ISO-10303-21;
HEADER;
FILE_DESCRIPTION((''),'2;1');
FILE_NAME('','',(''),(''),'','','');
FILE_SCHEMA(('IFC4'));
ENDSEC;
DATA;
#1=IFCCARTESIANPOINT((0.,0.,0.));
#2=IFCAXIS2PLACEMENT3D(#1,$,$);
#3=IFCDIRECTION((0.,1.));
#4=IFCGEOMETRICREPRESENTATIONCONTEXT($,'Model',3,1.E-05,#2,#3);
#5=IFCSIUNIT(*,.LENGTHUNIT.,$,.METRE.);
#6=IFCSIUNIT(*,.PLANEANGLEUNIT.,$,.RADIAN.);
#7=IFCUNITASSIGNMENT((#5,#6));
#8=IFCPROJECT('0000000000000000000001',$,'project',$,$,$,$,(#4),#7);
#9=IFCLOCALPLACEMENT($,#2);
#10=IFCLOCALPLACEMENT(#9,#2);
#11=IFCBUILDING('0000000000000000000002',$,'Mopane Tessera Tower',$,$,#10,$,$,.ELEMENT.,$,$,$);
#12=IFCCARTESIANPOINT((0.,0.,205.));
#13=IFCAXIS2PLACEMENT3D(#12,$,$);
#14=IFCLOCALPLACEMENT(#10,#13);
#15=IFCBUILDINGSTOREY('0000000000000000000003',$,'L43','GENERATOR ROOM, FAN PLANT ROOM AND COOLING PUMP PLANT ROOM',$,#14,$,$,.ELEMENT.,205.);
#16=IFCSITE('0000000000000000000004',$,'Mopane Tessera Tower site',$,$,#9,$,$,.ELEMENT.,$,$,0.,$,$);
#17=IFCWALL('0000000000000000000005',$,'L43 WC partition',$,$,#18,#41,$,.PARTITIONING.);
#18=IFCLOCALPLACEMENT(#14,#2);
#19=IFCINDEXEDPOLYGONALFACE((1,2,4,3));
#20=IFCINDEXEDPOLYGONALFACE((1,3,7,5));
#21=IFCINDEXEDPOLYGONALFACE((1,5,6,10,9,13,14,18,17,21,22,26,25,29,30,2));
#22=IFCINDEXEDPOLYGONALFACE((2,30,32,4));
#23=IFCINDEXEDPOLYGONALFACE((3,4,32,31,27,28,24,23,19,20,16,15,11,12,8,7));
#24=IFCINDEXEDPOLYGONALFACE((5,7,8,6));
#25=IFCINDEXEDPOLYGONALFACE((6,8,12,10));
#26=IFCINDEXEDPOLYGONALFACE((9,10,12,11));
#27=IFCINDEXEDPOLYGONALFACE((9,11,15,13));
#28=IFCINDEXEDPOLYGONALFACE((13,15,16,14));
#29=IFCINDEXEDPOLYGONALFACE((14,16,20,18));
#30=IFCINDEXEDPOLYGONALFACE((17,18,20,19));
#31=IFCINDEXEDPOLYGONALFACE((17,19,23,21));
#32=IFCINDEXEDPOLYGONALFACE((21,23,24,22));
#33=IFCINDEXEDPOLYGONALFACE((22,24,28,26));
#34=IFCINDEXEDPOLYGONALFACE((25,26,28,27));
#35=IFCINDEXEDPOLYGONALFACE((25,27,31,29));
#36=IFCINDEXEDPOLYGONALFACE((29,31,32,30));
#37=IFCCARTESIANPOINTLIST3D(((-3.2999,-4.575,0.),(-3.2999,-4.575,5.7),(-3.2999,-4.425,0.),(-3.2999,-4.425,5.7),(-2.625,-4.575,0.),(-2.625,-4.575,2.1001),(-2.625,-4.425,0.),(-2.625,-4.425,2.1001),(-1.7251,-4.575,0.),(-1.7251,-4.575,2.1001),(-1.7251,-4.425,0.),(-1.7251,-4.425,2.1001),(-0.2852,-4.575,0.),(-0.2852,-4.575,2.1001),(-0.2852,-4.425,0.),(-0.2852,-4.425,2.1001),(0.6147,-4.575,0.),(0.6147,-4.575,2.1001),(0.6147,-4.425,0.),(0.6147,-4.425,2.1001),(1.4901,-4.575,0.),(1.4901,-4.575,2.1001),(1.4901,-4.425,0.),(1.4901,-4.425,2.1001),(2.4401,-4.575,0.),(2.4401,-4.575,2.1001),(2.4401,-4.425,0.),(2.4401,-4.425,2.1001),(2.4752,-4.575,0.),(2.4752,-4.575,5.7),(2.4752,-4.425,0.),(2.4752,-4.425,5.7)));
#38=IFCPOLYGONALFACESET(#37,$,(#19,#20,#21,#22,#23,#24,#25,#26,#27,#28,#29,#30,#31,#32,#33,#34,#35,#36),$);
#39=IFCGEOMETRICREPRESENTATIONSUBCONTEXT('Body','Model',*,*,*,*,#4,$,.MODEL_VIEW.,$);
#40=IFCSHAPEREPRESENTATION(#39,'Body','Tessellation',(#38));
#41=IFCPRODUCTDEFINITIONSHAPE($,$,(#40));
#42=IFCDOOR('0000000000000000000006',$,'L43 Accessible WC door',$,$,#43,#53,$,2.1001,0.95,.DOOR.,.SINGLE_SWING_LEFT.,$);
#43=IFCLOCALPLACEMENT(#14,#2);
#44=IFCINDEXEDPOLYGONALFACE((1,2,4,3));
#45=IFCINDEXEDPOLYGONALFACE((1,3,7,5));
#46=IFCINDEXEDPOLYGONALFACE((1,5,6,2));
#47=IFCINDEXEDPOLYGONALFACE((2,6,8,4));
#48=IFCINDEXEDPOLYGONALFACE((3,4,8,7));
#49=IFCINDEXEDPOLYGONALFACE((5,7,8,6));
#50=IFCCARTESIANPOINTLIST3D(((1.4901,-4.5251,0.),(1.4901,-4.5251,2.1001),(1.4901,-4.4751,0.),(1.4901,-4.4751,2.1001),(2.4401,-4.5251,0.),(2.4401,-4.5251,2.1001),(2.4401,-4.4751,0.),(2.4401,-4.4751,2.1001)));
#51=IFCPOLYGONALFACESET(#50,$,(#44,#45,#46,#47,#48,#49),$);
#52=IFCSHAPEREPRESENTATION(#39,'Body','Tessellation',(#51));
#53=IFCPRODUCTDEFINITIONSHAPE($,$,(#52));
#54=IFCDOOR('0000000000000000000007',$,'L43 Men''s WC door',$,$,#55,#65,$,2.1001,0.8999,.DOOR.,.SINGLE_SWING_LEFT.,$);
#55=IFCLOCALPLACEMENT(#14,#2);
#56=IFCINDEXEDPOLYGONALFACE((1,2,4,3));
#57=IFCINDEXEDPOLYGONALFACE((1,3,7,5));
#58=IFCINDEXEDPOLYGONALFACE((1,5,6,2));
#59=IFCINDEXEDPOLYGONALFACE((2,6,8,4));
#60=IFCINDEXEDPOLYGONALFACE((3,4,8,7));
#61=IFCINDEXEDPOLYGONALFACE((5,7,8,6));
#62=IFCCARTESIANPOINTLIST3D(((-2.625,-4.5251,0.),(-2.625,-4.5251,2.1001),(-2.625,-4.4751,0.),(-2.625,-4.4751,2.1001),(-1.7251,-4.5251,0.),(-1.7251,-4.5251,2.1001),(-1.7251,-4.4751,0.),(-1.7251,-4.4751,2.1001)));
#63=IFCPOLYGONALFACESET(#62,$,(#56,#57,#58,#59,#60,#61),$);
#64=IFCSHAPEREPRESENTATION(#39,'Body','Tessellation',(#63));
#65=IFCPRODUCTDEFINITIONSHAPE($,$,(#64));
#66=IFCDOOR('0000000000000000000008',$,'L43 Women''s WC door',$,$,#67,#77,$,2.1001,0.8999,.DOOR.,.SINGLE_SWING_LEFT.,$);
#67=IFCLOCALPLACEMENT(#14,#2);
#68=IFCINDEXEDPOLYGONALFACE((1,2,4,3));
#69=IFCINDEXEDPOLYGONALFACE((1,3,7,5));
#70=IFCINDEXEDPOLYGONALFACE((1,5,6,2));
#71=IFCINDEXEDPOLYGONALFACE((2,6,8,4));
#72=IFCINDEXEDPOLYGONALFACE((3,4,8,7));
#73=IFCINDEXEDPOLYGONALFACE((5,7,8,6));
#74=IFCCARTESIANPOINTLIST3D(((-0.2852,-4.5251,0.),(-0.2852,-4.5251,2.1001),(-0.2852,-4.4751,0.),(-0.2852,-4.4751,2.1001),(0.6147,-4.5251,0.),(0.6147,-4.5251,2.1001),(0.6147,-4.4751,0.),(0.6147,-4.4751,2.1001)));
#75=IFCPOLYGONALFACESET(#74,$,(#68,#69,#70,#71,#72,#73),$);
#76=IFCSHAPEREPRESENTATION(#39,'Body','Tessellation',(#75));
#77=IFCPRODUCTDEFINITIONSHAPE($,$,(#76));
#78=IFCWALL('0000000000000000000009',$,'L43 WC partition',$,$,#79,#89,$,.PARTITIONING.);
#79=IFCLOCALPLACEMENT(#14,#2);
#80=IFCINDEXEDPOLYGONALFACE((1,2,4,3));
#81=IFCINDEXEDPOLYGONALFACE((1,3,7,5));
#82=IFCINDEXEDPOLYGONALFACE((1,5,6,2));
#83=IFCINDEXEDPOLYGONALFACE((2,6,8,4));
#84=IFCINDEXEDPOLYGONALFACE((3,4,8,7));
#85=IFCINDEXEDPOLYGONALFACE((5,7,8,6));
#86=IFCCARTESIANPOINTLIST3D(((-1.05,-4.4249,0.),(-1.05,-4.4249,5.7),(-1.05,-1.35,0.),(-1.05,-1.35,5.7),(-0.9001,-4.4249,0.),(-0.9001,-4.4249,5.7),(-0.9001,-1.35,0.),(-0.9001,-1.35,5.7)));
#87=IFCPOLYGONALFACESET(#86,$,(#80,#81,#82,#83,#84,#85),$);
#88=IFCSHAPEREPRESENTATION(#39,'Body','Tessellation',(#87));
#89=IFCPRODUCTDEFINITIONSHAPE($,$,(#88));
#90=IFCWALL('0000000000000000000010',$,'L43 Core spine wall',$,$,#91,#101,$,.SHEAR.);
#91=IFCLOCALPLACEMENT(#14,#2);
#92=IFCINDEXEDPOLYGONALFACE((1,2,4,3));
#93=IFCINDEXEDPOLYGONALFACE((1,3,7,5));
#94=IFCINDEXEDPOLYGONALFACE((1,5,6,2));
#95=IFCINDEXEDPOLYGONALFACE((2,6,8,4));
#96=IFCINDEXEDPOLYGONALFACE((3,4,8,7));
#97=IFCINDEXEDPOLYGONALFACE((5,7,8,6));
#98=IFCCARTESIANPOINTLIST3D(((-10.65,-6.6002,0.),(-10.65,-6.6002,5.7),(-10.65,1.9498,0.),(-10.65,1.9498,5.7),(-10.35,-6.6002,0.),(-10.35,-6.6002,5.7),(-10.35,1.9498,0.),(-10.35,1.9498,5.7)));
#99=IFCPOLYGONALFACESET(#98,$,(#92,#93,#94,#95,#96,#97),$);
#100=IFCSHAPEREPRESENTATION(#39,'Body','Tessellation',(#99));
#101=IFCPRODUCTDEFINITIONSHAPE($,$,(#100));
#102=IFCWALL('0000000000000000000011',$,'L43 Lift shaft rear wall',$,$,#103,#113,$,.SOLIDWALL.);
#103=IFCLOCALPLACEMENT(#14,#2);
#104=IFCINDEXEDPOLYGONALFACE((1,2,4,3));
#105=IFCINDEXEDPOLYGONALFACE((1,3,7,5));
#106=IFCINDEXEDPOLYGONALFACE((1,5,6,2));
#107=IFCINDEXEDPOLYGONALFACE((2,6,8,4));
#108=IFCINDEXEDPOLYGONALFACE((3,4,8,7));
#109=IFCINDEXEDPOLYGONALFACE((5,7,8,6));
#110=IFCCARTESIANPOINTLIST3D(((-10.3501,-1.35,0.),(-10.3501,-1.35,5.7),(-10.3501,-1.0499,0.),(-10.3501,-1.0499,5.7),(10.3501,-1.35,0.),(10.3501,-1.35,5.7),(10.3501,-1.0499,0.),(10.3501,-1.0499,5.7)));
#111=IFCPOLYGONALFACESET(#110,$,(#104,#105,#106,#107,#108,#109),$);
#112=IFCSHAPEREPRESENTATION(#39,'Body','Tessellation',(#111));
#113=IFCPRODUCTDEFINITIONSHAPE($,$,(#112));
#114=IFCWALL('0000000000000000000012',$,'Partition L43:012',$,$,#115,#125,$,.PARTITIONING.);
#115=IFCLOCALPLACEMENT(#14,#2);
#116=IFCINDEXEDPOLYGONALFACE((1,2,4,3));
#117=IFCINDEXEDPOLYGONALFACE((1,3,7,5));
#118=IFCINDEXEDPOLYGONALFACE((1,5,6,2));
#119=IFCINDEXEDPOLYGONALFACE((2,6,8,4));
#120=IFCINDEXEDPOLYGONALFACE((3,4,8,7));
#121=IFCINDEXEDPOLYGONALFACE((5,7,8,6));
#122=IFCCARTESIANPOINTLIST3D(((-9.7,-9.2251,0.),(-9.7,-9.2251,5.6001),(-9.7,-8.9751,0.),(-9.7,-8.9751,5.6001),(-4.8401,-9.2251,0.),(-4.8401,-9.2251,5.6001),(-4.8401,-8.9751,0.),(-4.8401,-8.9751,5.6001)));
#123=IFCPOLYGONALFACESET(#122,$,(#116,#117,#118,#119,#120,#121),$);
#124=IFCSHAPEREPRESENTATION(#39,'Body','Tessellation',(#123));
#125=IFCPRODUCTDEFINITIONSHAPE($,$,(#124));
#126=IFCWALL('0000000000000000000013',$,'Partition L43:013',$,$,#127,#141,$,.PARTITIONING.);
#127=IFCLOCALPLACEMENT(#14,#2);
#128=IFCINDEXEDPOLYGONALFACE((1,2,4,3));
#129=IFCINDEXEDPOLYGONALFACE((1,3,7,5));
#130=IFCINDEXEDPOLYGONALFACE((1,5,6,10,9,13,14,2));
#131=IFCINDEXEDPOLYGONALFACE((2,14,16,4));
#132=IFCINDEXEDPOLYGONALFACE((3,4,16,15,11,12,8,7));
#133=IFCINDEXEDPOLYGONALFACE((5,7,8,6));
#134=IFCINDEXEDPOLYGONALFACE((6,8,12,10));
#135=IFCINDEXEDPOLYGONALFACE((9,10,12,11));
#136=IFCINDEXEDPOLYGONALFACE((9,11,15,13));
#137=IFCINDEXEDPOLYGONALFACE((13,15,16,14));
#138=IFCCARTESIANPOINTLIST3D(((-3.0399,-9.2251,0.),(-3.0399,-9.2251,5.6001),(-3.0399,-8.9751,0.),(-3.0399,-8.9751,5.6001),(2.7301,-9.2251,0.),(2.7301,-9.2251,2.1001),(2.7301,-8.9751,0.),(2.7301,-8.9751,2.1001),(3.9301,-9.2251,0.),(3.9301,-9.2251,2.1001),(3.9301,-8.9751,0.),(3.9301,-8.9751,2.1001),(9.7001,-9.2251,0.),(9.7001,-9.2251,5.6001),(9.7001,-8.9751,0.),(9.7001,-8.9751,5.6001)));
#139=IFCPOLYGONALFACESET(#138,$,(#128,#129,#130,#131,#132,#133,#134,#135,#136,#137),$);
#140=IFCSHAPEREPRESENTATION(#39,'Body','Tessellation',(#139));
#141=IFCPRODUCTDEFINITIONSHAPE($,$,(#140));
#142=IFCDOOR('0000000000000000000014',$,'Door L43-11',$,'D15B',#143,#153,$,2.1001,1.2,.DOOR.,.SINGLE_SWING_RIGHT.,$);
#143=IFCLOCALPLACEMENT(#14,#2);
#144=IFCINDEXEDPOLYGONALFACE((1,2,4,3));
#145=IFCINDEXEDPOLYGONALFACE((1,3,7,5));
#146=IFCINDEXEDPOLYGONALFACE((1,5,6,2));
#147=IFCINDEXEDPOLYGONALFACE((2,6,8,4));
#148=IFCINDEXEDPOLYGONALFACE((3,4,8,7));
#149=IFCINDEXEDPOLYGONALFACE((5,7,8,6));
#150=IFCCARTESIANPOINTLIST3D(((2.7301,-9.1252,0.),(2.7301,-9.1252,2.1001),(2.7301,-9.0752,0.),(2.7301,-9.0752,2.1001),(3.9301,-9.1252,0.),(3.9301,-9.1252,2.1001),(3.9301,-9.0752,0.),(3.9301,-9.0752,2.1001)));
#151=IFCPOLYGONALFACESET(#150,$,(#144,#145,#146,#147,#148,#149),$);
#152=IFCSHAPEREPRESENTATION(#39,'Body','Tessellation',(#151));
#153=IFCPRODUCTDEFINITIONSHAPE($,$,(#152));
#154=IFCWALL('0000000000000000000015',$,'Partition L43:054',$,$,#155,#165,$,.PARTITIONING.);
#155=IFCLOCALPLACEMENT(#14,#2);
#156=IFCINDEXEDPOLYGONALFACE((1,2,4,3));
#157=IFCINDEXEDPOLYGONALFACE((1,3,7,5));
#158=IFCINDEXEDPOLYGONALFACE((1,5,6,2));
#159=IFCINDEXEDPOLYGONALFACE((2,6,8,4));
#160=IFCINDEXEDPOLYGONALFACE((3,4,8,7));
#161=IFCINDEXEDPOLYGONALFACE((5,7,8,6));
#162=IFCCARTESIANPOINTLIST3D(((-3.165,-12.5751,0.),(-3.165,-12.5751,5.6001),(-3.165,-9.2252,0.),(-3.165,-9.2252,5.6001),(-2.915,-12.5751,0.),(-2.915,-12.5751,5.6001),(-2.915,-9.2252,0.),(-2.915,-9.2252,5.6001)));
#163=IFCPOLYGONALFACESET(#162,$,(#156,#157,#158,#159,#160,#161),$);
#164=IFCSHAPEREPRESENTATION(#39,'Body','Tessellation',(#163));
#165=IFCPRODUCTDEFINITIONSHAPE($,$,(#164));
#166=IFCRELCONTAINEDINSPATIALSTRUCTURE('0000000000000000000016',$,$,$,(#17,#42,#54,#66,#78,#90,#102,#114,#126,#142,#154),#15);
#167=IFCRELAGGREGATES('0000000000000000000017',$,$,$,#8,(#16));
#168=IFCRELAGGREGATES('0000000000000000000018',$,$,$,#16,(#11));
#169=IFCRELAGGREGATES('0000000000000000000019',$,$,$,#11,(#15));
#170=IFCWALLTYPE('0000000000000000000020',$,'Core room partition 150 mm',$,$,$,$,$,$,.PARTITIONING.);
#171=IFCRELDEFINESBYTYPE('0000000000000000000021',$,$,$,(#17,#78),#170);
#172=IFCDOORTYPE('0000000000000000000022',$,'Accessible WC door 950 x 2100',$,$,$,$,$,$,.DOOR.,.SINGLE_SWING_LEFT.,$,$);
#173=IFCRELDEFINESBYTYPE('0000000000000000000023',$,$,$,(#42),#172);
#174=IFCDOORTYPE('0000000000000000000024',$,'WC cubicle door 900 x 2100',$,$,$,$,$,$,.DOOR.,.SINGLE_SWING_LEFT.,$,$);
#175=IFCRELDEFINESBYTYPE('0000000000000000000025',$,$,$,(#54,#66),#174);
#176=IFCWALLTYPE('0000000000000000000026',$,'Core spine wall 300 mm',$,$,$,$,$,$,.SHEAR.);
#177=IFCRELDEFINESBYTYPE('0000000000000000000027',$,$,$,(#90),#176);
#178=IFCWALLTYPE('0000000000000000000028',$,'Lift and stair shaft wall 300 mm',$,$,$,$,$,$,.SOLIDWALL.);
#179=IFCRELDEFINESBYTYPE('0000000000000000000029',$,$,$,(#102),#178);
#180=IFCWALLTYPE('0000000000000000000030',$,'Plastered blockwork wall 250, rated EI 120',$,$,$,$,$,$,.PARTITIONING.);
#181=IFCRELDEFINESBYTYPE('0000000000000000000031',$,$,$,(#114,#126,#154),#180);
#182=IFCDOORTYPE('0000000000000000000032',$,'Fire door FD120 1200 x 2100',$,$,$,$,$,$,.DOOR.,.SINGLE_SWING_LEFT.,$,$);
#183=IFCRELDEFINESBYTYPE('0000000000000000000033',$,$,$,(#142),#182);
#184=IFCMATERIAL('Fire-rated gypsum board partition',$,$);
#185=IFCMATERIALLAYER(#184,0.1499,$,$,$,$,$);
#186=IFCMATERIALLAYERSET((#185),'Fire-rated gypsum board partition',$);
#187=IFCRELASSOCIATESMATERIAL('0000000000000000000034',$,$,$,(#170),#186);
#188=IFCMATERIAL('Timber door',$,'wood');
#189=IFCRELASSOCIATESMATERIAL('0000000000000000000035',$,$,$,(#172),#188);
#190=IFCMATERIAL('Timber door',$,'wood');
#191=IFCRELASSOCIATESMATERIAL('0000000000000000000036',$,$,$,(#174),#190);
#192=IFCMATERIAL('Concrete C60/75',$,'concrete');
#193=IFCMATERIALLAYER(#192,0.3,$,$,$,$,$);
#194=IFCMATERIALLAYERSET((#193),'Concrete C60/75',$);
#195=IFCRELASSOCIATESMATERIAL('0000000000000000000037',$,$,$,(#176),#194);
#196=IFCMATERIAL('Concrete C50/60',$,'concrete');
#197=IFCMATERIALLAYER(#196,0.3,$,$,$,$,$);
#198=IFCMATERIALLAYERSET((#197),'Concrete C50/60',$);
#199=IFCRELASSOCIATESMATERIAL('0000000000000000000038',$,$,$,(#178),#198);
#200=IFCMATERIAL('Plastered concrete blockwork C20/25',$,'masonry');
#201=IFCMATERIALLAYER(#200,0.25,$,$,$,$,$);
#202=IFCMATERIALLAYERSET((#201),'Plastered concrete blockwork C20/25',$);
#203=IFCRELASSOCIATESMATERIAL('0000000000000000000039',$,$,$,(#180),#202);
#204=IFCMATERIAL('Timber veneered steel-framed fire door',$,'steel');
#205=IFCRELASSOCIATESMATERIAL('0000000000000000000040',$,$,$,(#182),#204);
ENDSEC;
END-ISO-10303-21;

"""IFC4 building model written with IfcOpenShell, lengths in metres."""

from ifc_helpers import new_model, si_unit, direction, frame, frame_2d, origin, place, context, subcontext, project, spatial, rectangle, extrude, material, layer, layer_set, type_object, element, fill, save


model = new_model("IFC4")

# Units and contexts
model_context = context("Model", 3, precision=1e-05, world=origin(), true_north=direction((0.0, 1.0)))
body_context = subcontext(model_context, "Body", "Model", "MODEL_VIEW")
ifc_project = project(units=[si_unit("LENGTHUNIT", "METRE"), si_unit("PLANEANGLEUNIT", "RADIAN")], contexts=[model_context])

# Site, building, storey
site_placement = place(None, origin())
site = spatial("IfcSite", under=ifc_project, at=site_placement, Name="Mopane Tessera Tower site", CompositionType="ELEMENT", RefElevation=0.0)
building_placement = place(site_placement, origin())
building = spatial("IfcBuilding", under=site, at=building_placement, Name="Mopane Tessera Tower", CompositionType="ELEMENT")
storey_placement = place(building_placement, frame((0.0, 0.0, 205.0)))
storey = spatial("IfcBuildingStorey", under=building, at=storey_placement, Name="L43", Description="GENERATOR ROOM, FAN PLANT ROOM AND COOLING PUMP PLANT ROOM", CompositionType="ELEMENT", Elevation=205.0)

# Shared definitions
ifc_material_1 = material(Name="Fire-rated gypsum board partition")
ifc_layer_1 = layer(ifc_material_1, 0.1499)
ifc_layer_set_1 = layer_set([ifc_layer_1], Name="Fire-rated gypsum board partition")
wall_type_1 = type_object("IfcWallType", Name="Core room partition 150 mm", PredefinedType="PARTITIONING", material=ifc_layer_set_1)

# Wall, openings, doors
wall_1_placement = place(storey_placement, frame((-3.3, -4.5, 0.0), z_axis=(0.0, 0.0, 1.0), x_axis=(1.0, 0.0, 0.0)))
wall_1 = element("IfcWall", 1, at=wall_1_placement, inside=storey, type_object=wall_type_1, Name="L43 WC partition", PredefinedType="PARTITIONING", context=body_context, shape_type="SweptSolid", body=[
    extrude(rectangle(XDim=5.7751, YDim=0.1499, at=frame_2d((2.8877, 0.0))), origin(), (0.0, 0.0, 1.0), 5.7),
])
opening_1_placement = place(wall_1_placement, frame((0.675, 0.0, 0.0)))
opening_1 = element("IfcOpeningElement", 2, at=opening_1_placement, cuts=wall_1, PredefinedType="OPENING", context=body_context, shape_type="SweptSolid", body=[
    extrude(rectangle(XDim=0.8999, YDim=2.1001, at=frame_2d((0.45, 1.05))), frame((0.0, 0.0869, 0.0), z_axis=(0.0, -1.0, 0.0), x_axis=(1.0, 0.0, 0.0)), (0.0, 0.0, 1.0), 0.1738),
])
opening_2_placement = place(wall_1_placement, frame((3.0149, 0.0, 0.0)))
opening_2 = element("IfcOpeningElement", 3, at=opening_2_placement, cuts=wall_1, PredefinedType="OPENING", context=body_context, shape_type="SweptSolid", body=[
    extrude(rectangle(XDim=0.8999, YDim=2.1001, at=frame_2d((0.45, 1.05))), frame((0.0, 0.0869, 0.0), z_axis=(0.0, -1.0, 0.0), x_axis=(1.0, 0.0, 0.0)), (0.0, 0.0, 1.0), 0.1738),
])
opening_3_placement = place(wall_1_placement, frame((4.79, 0.0, 0.0)))
opening_3 = element("IfcOpeningElement", 4, at=opening_3_placement, cuts=wall_1, PredefinedType="OPENING", context=body_context, shape_type="SweptSolid", body=[
    extrude(rectangle(XDim=0.95, YDim=2.1001, at=frame_2d((0.4751, 1.05))), frame((0.0, 0.0869, 0.0), z_axis=(0.0, -1.0, 0.0), x_axis=(1.0, 0.0, 0.0)), (0.0, 0.0, 1.0), 0.1738),
])
ifc_material_2 = material(Name="Timber door", Category="wood")
door_type_1 = type_object("IfcDoorType", Name="Accessible WC door 950 x 2100", OperationType="SINGLE_SWING_LEFT", PredefinedType="DOOR", material=ifc_material_2)
door_1_placement = place(opening_3_placement, origin())
door_1 = element("IfcDoor", 5, at=door_1_placement, inside=storey, type_object=door_type_1, Name="L43 Accessible WC door", OperationType="SINGLE_SWING_LEFT", OverallHeight=2.1001, OverallWidth=0.95, PredefinedType="DOOR", context=body_context, shape_type="SweptSolid", body=[
    extrude(rectangle(XDim=0.95, YDim=2.1001, at=frame_2d((0.4751, 1.05))), frame((0.0, 0.0249, 0.0), z_axis=(0.0, -1.0, 0.0), x_axis=(1.0, 0.0, 0.0)), (0.0, 0.0, 1.0), 0.05),
])
fill(opening_3, door_1)
ifc_material_3 = material(Name="Timber door", Category="wood")
door_type_2 = type_object("IfcDoorType", Name="WC cubicle door 900 x 2100", OperationType="SINGLE_SWING_LEFT", PredefinedType="DOOR", material=ifc_material_3)
door_2_placement = place(opening_1_placement, origin())
door_2 = element("IfcDoor", 6, at=door_2_placement, inside=storey, type_object=door_type_2, Name="L43 Men's WC door", OperationType="SINGLE_SWING_LEFT", OverallHeight=2.1001, OverallWidth=0.8999, PredefinedType="DOOR", context=body_context, shape_type="SweptSolid", body=[
    extrude(rectangle(XDim=0.8999, YDim=2.1001, at=frame_2d((0.45, 1.05))), frame((0.0, 0.0249, 0.0), z_axis=(0.0, -1.0, 0.0), x_axis=(1.0, 0.0, 0.0)), (0.0, 0.0, 1.0), 0.05),
])
fill(opening_1, door_2)
door_3_placement = place(opening_2_placement, origin())
door_3 = element("IfcDoor", 7, at=door_3_placement, inside=storey, type_object=door_type_2, Name="L43 Women's WC door", OperationType="SINGLE_SWING_LEFT", OverallHeight=2.1001, OverallWidth=0.8999, PredefinedType="DOOR", context=body_context, shape_type="SweptSolid", body=[
    extrude(rectangle(XDim=0.8999, YDim=2.1001, at=frame_2d((0.45, 1.05))), frame((0.0, 0.0249, 0.0), z_axis=(0.0, -1.0, 0.0), x_axis=(1.0, 0.0, 0.0)), (0.0, 0.0, 1.0), 0.05),
])
fill(opening_2, door_3)

# Walls
wall_2_placement = place(storey_placement, frame((-0.9751, -4.425, 0.0), z_axis=(0.0, 0.0, 1.0), x_axis=(0.0, 1.0, 0.0)))
element("IfcWall", 8, at=wall_2_placement, inside=storey, type_object=wall_type_1, Name="L43 WC partition", PredefinedType="PARTITIONING", context=body_context, shape_type="SweptSolid", body=[
    extrude(rectangle(XDim=3.075, YDim=0.1499, at=frame_2d((1.5376, 0.0))), origin(), (0.0, 0.0, 1.0), 5.7),
])
ifc_material_4 = material(Name="Concrete C60/75", Category="concrete")
ifc_layer_2 = layer(ifc_material_4, 0.3)
ifc_layer_set_2 = layer_set([ifc_layer_2], Name="Concrete C60/75")
wall_type_2 = type_object("IfcWallType", Name="Core spine wall 300 mm", PredefinedType="SHEAR", material=ifc_layer_set_2)
wall_3_placement = place(storey_placement, frame((-10.5, -6.6001, 0.0), z_axis=(0.0, 0.0, 1.0), x_axis=(0.0, 1.0, 0.0)))
element("IfcWall", 9, at=wall_3_placement, inside=storey, type_object=wall_type_2, Name="L43 Core spine wall", PredefinedType="SHEAR", context=body_context, shape_type="SweptSolid", body=[
    extrude(rectangle(XDim=8.55, YDim=0.3, at=frame_2d((4.2749, 0.0))), origin(), (0.0, 0.0, 1.0), 5.7),
])
ifc_material_5 = material(Name="Concrete C50/60", Category="concrete")
ifc_layer_3 = layer(ifc_material_5, 0.3)
ifc_layer_set_3 = layer_set([ifc_layer_3], Name="Concrete C50/60")
wall_type_3 = type_object("IfcWallType", Name="Lift and stair shaft wall 300 mm", PredefinedType="SOLIDWALL", material=ifc_layer_set_3)
wall_4_placement = place(storey_placement, frame((-10.3501, -1.2, 0.0), z_axis=(0.0, 0.0, 1.0), x_axis=(1.0, 0.0, 0.0)))
element("IfcWall", 10, at=wall_4_placement, inside=storey, type_object=wall_type_3, Name="L43 Lift shaft rear wall", PredefinedType="SOLIDWALL", context=body_context, shape_type="SweptSolid", body=[
    extrude(rectangle(XDim=20.7002, YDim=0.3, at=frame_2d((10.3501, 0.0))), origin(), (0.0, 0.0, 1.0), 5.7),
])
ifc_material_6 = material(Name="Plastered concrete blockwork C20/25", Category="masonry")
ifc_layer_4 = layer(ifc_material_6, 0.25)
ifc_layer_set_4 = layer_set([ifc_layer_4], Name="Plastered concrete blockwork C20/25")
wall_type_4 = type_object("IfcWallType", Name="Plastered blockwork wall 250, rated EI 120", PredefinedType="PARTITIONING", material=ifc_layer_set_4)
wall_5_placement = place(storey_placement, frame((-9.7, -9.1001, 0.0), z_axis=(0.0, 0.0, 1.0), x_axis=(1.0, 0.0, 0.0)))
element("IfcWall", 11, at=wall_5_placement, inside=storey, type_object=wall_type_4, Name="Partition L43:012", PredefinedType="PARTITIONING", context=body_context, shape_type="SweptSolid", body=[
    extrude(rectangle(XDim=4.8599, YDim=0.25, at=frame_2d((2.4299, 0.0))), origin(), (0.0, 0.0, 1.0), 5.6001),
])

# Wall, opening, door
wall_6_placement = place(storey_placement, frame((-3.04, -9.1001, 0.0), z_axis=(0.0, 0.0, 1.0), x_axis=(1.0, 0.0, 0.0)))
wall_6 = element("IfcWall", 12, at=wall_6_placement, inside=storey, type_object=wall_type_4, Name="Partition L43:013", PredefinedType="PARTITIONING", context=body_context, shape_type="SweptSolid", body=[
    extrude(rectangle(XDim=12.74, YDim=0.25, at=frame_2d((6.3701, 0.0))), origin(), (0.0, 0.0, 1.0), 5.6001),
])
opening_4_placement = place(wall_6_placement, frame((5.77, 0.0, 0.0)))
opening_4 = element("IfcOpeningElement", 13, at=opening_4_placement, cuts=wall_6, PredefinedType="OPENING", context=body_context, shape_type="SweptSolid", body=[
    extrude(rectangle(XDim=1.2, YDim=2.1001, at=frame_2d((0.6001, 1.05))), frame((0.0, 0.137, 0.0), z_axis=(0.0, -1.0, 0.0), x_axis=(1.0, 0.0, 0.0)), (0.0, 0.0, 1.0), 0.2739),
])
ifc_material_7 = material(Name="Timber veneered steel-framed fire door", Category="steel")
door_type_3 = type_object("IfcDoorType", Name="Fire door FD120 1200 x 2100", OperationType="SINGLE_SWING_LEFT", PredefinedType="DOOR", material=ifc_material_7)
door_4_placement = place(opening_4_placement, origin())
door_4 = element("IfcDoor", 14, at=door_4_placement, inside=storey, type_object=door_type_3, Name="Door L43-11", ObjectType="D15B", OperationType="SINGLE_SWING_RIGHT", OverallHeight=2.1001, OverallWidth=1.2, PredefinedType="DOOR", context=body_context, shape_type="SweptSolid", body=[
    extrude(rectangle(XDim=1.2, YDim=2.1001, at=frame_2d((0.6001, 1.05))), frame((0.0, 0.0249, 0.0), z_axis=(0.0, -1.0, 0.0), x_axis=(1.0, 0.0, 0.0)), (0.0, 0.0, 1.0), 0.05),
])
fill(opening_4, door_4)

# Wall
wall_7_placement = place(storey_placement, frame((-3.04, -12.575, 0.0), z_axis=(0.0, 0.0, 1.0), x_axis=(0.0, 1.0, 0.0)))
element("IfcWall", 15, at=wall_7_placement, inside=storey, type_object=wall_type_4, Name="Partition L43:054", PredefinedType="PARTITIONING", context=body_context, shape_type="SweptSolid", body=[
    extrude(rectangle(XDim=3.3499, YDim=0.25, at=frame_2d((1.6748, 0.0))), origin(), (0.0, 0.0, 1.0), 5.6001),
])

save(model, "model.ifc")
